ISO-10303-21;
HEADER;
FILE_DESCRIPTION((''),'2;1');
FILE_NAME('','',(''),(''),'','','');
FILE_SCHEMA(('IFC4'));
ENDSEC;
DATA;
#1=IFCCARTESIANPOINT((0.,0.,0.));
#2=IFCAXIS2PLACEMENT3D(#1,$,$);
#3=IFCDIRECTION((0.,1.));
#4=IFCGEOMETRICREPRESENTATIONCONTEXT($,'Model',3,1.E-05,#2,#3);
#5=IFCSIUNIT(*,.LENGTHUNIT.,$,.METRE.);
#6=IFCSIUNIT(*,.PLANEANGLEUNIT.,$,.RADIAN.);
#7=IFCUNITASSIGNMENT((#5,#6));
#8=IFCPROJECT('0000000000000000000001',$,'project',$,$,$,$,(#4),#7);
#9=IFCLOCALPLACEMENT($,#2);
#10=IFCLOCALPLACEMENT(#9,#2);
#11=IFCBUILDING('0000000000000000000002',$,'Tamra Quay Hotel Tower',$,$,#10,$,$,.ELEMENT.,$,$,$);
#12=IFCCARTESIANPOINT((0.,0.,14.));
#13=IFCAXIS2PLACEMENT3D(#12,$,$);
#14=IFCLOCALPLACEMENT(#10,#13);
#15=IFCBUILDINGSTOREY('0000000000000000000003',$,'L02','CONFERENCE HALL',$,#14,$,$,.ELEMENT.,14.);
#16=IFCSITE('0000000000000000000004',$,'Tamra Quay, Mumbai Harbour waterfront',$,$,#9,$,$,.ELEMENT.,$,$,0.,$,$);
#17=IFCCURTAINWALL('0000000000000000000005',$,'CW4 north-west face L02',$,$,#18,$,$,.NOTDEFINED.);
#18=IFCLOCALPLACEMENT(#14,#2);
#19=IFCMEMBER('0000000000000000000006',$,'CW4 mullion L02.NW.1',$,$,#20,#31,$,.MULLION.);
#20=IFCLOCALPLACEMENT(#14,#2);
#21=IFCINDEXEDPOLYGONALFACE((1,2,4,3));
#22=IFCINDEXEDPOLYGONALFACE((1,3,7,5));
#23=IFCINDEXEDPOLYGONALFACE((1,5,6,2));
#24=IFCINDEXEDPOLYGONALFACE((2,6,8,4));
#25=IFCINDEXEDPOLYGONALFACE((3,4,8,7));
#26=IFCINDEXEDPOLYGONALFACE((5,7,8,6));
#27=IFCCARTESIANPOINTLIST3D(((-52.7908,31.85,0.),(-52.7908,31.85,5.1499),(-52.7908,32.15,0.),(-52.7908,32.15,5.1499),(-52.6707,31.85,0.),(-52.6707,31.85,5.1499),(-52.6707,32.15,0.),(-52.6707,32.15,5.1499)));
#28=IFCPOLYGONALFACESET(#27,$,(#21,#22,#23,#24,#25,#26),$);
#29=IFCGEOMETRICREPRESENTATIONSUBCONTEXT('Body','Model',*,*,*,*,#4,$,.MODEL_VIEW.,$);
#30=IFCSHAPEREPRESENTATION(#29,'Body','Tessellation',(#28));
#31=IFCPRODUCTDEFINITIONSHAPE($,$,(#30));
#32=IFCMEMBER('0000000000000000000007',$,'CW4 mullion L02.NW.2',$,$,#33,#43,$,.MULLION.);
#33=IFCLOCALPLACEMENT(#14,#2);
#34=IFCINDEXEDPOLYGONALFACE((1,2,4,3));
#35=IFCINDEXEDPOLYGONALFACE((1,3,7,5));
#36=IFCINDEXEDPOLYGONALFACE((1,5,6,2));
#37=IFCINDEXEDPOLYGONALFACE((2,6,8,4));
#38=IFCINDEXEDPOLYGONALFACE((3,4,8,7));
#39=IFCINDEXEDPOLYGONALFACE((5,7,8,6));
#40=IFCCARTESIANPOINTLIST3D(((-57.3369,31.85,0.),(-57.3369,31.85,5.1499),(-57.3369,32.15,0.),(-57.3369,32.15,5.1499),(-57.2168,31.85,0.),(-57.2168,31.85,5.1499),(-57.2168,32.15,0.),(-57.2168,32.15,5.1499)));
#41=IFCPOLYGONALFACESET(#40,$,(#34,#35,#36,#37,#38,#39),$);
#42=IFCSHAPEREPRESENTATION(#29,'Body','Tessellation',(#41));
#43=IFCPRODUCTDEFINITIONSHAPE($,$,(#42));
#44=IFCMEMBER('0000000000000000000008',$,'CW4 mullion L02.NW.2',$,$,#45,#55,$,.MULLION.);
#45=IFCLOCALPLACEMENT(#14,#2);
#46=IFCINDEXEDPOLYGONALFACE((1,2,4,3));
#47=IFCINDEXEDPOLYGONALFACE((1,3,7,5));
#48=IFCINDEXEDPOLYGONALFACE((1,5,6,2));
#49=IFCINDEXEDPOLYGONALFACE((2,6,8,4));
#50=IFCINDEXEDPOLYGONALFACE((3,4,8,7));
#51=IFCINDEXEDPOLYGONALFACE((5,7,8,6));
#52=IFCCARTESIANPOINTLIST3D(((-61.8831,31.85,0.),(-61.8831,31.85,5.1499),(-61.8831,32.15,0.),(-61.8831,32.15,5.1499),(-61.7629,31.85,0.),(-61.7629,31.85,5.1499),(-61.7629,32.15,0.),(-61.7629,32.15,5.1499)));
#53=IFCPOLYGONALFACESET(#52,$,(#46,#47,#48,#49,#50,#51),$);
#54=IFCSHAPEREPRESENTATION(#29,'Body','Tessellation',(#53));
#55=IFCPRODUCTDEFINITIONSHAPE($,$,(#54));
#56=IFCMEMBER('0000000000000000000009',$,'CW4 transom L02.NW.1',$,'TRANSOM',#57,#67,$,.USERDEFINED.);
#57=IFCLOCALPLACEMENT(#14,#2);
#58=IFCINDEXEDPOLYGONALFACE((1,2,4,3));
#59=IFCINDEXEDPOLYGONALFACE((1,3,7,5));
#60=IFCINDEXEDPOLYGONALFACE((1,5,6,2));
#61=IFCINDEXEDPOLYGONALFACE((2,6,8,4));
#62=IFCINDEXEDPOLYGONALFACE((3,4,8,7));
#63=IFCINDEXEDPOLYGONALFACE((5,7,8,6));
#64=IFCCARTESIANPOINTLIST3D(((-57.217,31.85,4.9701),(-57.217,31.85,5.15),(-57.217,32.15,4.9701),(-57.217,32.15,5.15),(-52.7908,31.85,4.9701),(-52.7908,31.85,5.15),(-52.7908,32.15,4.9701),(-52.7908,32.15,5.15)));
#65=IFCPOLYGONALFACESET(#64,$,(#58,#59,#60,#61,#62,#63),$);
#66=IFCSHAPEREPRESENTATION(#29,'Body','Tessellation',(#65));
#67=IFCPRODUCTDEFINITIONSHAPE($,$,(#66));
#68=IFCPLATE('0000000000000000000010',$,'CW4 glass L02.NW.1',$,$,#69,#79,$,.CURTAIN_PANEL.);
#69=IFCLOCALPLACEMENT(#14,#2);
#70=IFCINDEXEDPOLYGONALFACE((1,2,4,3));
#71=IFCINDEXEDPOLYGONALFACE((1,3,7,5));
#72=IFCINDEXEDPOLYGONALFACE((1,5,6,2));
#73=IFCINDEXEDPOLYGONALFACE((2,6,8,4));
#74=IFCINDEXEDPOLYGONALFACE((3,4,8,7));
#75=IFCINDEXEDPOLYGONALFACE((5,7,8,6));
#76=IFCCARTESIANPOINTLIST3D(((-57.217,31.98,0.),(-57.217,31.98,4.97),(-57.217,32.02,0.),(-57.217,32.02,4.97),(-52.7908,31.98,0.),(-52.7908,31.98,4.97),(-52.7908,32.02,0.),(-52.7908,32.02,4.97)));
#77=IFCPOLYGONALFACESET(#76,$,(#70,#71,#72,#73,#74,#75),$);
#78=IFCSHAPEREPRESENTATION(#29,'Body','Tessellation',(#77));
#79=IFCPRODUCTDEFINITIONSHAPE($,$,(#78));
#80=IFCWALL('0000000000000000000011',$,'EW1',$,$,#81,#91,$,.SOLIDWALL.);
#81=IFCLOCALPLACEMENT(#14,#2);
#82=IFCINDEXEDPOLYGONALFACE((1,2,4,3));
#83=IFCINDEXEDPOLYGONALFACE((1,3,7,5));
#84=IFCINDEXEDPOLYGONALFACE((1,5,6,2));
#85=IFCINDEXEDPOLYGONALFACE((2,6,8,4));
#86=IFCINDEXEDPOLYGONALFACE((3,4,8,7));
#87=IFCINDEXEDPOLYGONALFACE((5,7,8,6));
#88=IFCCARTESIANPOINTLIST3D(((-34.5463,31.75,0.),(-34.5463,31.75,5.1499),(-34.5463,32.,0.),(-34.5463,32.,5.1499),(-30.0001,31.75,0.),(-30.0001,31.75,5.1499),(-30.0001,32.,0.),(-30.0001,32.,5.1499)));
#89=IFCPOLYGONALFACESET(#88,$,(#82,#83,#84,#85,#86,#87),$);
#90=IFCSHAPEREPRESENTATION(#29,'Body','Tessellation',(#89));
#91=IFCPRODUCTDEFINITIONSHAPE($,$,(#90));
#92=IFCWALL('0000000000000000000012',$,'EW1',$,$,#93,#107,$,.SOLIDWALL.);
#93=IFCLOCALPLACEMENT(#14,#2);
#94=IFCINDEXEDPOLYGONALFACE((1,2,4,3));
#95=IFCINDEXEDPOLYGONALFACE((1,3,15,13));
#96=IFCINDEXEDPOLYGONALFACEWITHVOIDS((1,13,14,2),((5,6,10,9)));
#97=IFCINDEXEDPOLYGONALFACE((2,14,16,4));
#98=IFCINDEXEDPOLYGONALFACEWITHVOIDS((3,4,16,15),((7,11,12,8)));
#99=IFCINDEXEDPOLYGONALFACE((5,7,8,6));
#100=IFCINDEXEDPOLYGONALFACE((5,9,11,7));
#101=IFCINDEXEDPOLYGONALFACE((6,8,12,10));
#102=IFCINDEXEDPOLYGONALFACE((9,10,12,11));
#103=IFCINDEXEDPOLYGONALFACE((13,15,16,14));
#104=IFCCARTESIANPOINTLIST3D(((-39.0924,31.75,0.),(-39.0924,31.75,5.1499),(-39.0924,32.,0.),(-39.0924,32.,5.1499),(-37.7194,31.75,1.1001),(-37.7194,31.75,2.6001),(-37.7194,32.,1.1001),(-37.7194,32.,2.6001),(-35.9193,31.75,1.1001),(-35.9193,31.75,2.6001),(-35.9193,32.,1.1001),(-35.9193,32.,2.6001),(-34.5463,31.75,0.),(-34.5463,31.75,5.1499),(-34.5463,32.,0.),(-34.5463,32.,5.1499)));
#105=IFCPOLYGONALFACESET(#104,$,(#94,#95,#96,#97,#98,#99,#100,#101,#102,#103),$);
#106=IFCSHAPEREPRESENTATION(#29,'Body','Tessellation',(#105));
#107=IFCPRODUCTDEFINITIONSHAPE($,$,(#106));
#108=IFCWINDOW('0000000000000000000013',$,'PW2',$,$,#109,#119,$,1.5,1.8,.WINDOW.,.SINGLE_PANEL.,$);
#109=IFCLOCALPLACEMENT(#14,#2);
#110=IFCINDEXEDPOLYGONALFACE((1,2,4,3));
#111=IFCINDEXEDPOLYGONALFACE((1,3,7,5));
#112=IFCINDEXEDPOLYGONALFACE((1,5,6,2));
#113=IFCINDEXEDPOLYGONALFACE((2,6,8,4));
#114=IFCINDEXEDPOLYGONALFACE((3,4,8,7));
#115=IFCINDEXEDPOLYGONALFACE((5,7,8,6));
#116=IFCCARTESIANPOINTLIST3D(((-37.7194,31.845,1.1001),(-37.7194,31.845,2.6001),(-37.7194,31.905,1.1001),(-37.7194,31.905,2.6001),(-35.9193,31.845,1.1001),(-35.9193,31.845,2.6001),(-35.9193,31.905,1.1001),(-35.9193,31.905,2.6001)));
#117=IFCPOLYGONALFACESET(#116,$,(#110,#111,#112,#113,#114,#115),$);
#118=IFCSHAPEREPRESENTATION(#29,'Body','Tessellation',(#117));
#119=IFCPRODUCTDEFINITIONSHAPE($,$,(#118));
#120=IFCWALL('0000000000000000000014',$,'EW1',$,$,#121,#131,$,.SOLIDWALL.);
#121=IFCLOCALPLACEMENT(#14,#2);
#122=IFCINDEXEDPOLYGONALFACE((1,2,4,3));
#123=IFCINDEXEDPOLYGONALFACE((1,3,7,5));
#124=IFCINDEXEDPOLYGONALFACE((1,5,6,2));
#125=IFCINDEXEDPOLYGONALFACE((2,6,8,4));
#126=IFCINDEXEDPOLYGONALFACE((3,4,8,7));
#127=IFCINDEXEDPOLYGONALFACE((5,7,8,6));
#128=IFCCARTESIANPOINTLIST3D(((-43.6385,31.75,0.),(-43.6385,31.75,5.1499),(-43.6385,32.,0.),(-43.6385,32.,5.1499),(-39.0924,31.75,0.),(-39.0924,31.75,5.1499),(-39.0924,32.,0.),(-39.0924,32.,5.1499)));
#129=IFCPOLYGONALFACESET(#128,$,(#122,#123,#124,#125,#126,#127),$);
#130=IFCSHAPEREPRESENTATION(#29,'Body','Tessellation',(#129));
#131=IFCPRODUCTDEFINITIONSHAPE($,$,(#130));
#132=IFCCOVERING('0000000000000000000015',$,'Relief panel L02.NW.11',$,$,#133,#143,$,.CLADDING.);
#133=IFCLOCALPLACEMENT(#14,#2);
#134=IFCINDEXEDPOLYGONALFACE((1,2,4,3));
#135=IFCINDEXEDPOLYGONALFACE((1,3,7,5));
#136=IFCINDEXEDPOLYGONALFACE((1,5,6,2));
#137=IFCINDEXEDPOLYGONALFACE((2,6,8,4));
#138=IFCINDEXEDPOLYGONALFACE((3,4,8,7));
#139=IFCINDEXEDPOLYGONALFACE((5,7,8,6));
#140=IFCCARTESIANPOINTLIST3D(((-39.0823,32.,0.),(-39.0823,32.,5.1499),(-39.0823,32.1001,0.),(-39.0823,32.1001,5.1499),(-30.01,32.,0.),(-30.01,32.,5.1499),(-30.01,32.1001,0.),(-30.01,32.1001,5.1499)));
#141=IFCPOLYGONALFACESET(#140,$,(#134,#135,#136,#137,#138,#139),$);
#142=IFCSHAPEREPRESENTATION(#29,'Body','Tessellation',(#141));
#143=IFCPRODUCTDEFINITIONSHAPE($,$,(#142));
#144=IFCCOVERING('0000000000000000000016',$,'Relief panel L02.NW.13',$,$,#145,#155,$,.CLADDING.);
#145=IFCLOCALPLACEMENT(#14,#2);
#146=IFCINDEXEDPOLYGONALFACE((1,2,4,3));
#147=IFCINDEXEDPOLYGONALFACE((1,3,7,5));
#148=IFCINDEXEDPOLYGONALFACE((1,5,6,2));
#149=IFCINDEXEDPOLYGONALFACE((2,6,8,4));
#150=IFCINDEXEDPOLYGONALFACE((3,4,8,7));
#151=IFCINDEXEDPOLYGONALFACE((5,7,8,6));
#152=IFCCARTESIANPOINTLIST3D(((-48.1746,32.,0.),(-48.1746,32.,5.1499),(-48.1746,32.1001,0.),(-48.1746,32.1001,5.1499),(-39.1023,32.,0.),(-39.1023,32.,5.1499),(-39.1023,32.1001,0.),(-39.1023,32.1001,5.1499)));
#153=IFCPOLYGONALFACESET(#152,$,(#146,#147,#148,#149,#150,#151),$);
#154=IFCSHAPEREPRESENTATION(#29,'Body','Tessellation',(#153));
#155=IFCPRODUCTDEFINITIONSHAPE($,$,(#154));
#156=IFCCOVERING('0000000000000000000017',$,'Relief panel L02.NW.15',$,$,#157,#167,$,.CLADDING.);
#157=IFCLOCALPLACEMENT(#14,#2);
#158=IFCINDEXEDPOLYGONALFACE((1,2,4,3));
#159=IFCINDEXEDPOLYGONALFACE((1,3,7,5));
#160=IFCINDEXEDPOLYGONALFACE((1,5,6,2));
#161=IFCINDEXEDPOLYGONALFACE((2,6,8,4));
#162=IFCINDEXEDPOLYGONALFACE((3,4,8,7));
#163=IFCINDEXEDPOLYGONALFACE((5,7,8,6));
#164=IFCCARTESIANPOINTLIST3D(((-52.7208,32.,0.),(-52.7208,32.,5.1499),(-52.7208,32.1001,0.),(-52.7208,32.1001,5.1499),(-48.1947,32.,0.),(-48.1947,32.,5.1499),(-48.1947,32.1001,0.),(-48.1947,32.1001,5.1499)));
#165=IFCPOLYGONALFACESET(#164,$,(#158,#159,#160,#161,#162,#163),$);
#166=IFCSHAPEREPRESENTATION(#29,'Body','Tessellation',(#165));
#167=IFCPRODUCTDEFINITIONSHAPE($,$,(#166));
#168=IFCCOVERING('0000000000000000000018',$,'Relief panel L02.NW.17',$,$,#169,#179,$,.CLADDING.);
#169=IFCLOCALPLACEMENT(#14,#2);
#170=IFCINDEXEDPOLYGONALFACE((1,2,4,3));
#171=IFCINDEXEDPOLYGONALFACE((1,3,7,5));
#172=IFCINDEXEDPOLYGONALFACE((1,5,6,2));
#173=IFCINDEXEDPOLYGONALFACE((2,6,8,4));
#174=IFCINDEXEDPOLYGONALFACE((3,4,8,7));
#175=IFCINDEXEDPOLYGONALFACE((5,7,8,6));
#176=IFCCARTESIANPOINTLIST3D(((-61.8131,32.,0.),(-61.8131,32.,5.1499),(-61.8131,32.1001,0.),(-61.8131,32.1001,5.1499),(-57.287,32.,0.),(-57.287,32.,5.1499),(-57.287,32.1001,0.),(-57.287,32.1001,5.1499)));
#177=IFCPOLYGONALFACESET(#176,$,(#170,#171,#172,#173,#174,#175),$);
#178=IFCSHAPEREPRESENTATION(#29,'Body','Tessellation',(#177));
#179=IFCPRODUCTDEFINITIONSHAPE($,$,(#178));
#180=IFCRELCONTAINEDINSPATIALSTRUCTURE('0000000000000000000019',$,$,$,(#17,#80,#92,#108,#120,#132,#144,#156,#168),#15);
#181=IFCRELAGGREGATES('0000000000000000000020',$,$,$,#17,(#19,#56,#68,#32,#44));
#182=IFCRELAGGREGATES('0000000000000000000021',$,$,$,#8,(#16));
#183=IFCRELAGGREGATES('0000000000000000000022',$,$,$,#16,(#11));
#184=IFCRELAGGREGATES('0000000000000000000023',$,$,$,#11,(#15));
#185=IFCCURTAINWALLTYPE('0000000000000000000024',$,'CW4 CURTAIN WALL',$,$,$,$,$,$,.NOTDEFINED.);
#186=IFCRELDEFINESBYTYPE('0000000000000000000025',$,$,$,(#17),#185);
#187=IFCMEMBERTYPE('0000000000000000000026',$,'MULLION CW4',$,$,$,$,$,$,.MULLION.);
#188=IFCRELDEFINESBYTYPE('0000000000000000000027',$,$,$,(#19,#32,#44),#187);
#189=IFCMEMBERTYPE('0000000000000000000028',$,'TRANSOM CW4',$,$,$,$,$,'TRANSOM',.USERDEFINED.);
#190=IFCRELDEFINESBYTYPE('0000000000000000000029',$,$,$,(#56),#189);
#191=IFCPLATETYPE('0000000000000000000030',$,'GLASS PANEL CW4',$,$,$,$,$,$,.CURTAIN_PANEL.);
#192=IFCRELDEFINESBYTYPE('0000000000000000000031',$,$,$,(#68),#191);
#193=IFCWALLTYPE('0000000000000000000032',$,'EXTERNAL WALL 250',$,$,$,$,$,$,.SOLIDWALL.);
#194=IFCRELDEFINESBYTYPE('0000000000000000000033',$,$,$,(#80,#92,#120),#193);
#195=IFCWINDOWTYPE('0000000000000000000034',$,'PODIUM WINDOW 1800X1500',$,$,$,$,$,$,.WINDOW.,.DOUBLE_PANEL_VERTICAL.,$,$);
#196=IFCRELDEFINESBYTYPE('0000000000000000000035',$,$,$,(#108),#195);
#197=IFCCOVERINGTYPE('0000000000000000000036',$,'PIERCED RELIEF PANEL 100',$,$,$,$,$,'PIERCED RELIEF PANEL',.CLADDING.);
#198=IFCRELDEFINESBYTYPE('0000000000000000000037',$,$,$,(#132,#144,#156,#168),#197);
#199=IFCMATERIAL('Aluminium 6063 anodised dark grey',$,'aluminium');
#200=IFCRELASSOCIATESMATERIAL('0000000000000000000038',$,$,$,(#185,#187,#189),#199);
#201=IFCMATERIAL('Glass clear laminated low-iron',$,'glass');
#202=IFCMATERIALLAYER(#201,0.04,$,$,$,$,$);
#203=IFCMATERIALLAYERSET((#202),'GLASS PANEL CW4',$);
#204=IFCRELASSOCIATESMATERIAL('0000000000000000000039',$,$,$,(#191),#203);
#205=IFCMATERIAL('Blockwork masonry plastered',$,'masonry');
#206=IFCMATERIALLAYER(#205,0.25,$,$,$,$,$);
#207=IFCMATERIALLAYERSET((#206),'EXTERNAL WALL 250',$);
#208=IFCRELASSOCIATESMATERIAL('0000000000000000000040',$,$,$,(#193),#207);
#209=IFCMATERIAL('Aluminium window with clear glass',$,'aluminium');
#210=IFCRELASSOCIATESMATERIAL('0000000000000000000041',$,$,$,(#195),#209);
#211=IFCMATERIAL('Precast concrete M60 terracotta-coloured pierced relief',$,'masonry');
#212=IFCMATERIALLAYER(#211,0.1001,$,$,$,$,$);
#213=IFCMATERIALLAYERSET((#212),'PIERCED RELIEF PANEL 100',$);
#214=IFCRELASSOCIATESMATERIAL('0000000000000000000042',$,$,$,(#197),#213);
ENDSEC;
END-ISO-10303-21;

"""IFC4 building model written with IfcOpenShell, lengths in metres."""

from ifc_helpers import new_model, si_unit, direction, frame, frame_2d, origin, origin_2d, place, context, subcontext, project, spatial, rectangle, extrude, material, layer, layer_set, material_profile, profile_set, type_object, element, fill, aggregate, save


model = new_model("IFC4")

# Units and contexts
model_context = context("Model", 3, precision=1e-05, world=origin(), true_north=direction((0.0, 1.0)))
body_context = subcontext(model_context, "Body", "Model", "MODEL_VIEW")
ifc_project = project(units=[si_unit("LENGTHUNIT", "METRE"), si_unit("PLANEANGLEUNIT", "RADIAN")], contexts=[model_context])

# Site, building, storey
site_placement = place(None, origin())
site = spatial("IfcSite", under=ifc_project, at=site_placement, Name="Tamra Quay, Mumbai Harbour waterfront", CompositionType="ELEMENT", RefElevation=0.0)
building_placement = place(site_placement, origin())
building = spatial("IfcBuilding", under=site, at=building_placement, Name="Tamra Quay Hotel Tower", CompositionType="ELEMENT")
storey_placement = place(building_placement, frame((0.0, 0.0, 14.0)))
storey = spatial("IfcBuildingStorey", under=building, at=storey_placement, Name="L02", Description="CONFERENCE HALL", CompositionType="ELEMENT", Elevation=14.0)

# Curtain wall, members, plate
ifc_material_1 = material(Name="Aluminium 6063 anodised dark grey", Category="aluminium")
curtain_wall_type = type_object("IfcCurtainWallType", Name="CW4 CURTAIN WALL", PredefinedType="NOTDEFINED", material=ifc_material_1)
curtain_wall_placement = place(storey_placement, origin())
curtain_wall = element("IfcCurtainWall", 1, at=curtain_wall_placement, inside=storey, type_object=curtain_wall_type, Name="CW4 north-west face L02", PredefinedType="NOTDEFINED")
ifc_material_profile_1 = material_profile(ifc_material_1, rectangle(XDim=0.3, YDim=0.1201, at=origin_2d()), Name="MULLION 120X300")
ifc_profile_set_1 = profile_set([ifc_material_profile_1], Name="Aluminium 6063 anodised dark grey")
member_type_1 = type_object("IfcMemberType", Name="MULLION CW4", PredefinedType="MULLION", material=ifc_profile_set_1)
member_1_placement = place(storey_placement, frame((-52.7307, 32.0, 0.0), z_axis=(0.0, 0.0, 1.0), x_axis=(0.0, 1.0, 0.0)))
member_1 = element("IfcMember", 2, at=member_1_placement, type_object=member_type_1, Name="CW4 mullion L02.NW.1", PredefinedType="MULLION", context=body_context, shape_type="SweptSolid", body=[
    extrude(rectangle(XDim=0.3, YDim=0.1201, at=origin_2d()), origin(), (0.0, 0.0, 1.0), 5.1499),
])
member_2_placement = place(storey_placement, frame((-57.2769, 32.0, 0.0), z_axis=(0.0, 0.0, 1.0), x_axis=(0.0, 1.0, 0.0)))
member_2 = element("IfcMember", 3, at=member_2_placement, type_object=member_type_1, Name="CW4 mullion L02.NW.2", PredefinedType="MULLION", context=body_context, shape_type="SweptSolid", body=[
    extrude(rectangle(XDim=0.3, YDim=0.1201, at=origin_2d()), origin(), (0.0, 0.0, 1.0), 5.1499),
])
member_3_placement = place(storey_placement, frame((-61.823, 32.0, 0.0), z_axis=(0.0, 0.0, 1.0), x_axis=(0.0, 1.0, 0.0)))
member_3 = element("IfcMember", 4, at=member_3_placement, type_object=member_type_1, Name="CW4 mullion L02.NW.2", PredefinedType="MULLION", context=body_context, shape_type="SweptSolid", body=[
    extrude(rectangle(XDim=0.3, YDim=0.1201, at=origin_2d()), origin(), (0.0, 0.0, 1.0), 5.1499),
])
ifc_material_profile_2 = material_profile(ifc_material_1, rectangle(XDim=0.3, YDim=0.1799, at=origin_2d()), Name="TRANSOM 300X180")
ifc_profile_set_2 = profile_set([ifc_material_profile_2], Name="Aluminium 6063 anodised dark grey")
member_type_2 = type_object("IfcMemberType", Name="TRANSOM CW4", ElementType="TRANSOM", PredefinedType="USERDEFINED", material=ifc_profile_set_2)
member_4_placement = place(storey_placement, frame((-52.7908, 32.0, 5.0601), z_axis=(-1.0, 0.0, 0.0), x_axis=(0.0, -1.0, 0.0)))
member_4 = element("IfcMember", 5, at=member_4_placement, type_object=member_type_2, Name="CW4 transom L02.NW.1", ObjectType="TRANSOM", PredefinedType="USERDEFINED", context=body_context, shape_type="SweptSolid", body=[
    extrude(rectangle(XDim=0.3, YDim=0.1799, at=origin_2d()), origin(), (0.0, 0.0, 1.0), 4.4263),
])
ifc_material_2 = material(Name="Glass clear laminated low-iron", Category="glass")
ifc_layer_1 = layer(ifc_material_2, 0.04)
ifc_layer_set_1 = layer_set([ifc_layer_1], Name="GLASS PANEL CW4")
plate_type = type_object("IfcPlateType", Name="GLASS PANEL CW4", PredefinedType="CURTAIN_PANEL", material=ifc_layer_set_1)
plate_placement = place(storey_placement, frame((-55.0039, 32.0, 0.0), z_axis=(0.0, 0.0, 1.0), x_axis=(-1.0, 0.0, 0.0)))
plate = element("IfcPlate", 6, at=plate_placement, type_object=plate_type, Name="CW4 glass L02.NW.1", PredefinedType="CURTAIN_PANEL", context=body_context, shape_type="SweptSolid", body=[
    extrude(rectangle(XDim=4.4263, YDim=0.04, at=origin_2d()), origin(), (0.0, 0.0, 1.0), 4.97),
])
aggregate(curtain_wall, [member_1, member_4, plate, member_2, member_3])

# Wall
ifc_material_3 = material(Name="Blockwork masonry plastered", Category="masonry")
ifc_layer_2 = layer(ifc_material_3, 0.25)
ifc_layer_set_2 = layer_set([ifc_layer_2], Name="EXTERNAL WALL 250")
wall_type = type_object("IfcWallType", Name="EXTERNAL WALL 250", PredefinedType="SOLIDWALL", material=ifc_layer_set_2)
wall_1_placement = place(storey_placement, frame((-34.5461, 31.875, 0.0), z_axis=(0.0, 0.0, 1.0), x_axis=(1.0, 0.0, 0.0)))
element("IfcWall", 7, at=wall_1_placement, inside=storey, type_object=wall_type, Name="EW1", PredefinedType="SOLIDWALL", context=body_context, shape_type="SweptSolid", body=[
    extrude(rectangle(XDim=4.5461, YDim=0.25, at=frame_2d((2.2729, 0.0))), origin(), (0.0, 0.0, 1.0), 5.1499),
])

# Wall, opening, window
wall_2_placement = place(storey_placement, frame((-39.0923, 31.875, 0.0), z_axis=(0.0, 0.0, 1.0), x_axis=(1.0, 0.0, 0.0)))
wall_2 = element("IfcWall", 8, at=wall_2_placement, inside=storey, type_object=wall_type, Name="EW1", PredefinedType="SOLIDWALL", context=body_context, shape_type="SweptSolid", body=[
    extrude(rectangle(XDim=4.5461, YDim=0.25, at=frame_2d((2.2729, 0.0))), origin(), (0.0, 0.0, 1.0), 5.1499),
])
opening_placement = place(wall_2_placement, frame((1.373, 0.0, 1.1001)))
opening = element("IfcOpeningElement", 9, at=opening_placement, cuts=wall_2, PredefinedType="OPENING", context=body_context, shape_type="SweptSolid", body=[
    extrude(rectangle(XDim=1.8, YDim=1.5, at=frame_2d((0.8999, 0.75))), frame((0.0, 0.135, 0.0), z_axis=(0.0, -1.0, 0.0), x_axis=(1.0, 0.0, 0.0)), (0.0, 0.0, 1.0), 0.27),
])
ifc_material_4 = material(Name="Aluminium window with clear glass", Category="aluminium")
window_type = type_object("IfcWindowType", Name="PODIUM WINDOW 1800X1500", PartitioningType="DOUBLE_PANEL_VERTICAL", PredefinedType="WINDOW", material=ifc_material_4)
window_placement = place(opening_placement, origin())
window = element("IfcWindow", 10, at=window_placement, inside=storey, type_object=window_type, Name="PW2", OverallHeight=1.5, OverallWidth=1.8, PartitioningType="SINGLE_PANEL", PredefinedType="WINDOW", context=body_context, shape_type="SweptSolid", body=[
    extrude(rectangle(XDim=1.8, YDim=1.5, at=frame_2d((0.8999, 0.75))), frame((0.0, 0.03, 0.0), z_axis=(0.0, -1.0, 0.0), x_axis=(1.0, 0.0, 0.0)), (0.0, 0.0, 1.0), 0.0601),
])
fill(opening, window)

# Wall
wall_3_placement = place(storey_placement, frame((-43.6384, 31.875, 0.0), z_axis=(0.0, 0.0, 1.0), x_axis=(1.0, 0.0, 0.0)))
element("IfcWall", 11, at=wall_3_placement, inside=storey, type_object=wall_type, Name="EW1", PredefinedType="SOLIDWALL", context=body_context, shape_type="SweptSolid", body=[
    extrude(rectangle(XDim=4.5461, YDim=0.25, at=frame_2d((2.2729, 0.0))), origin(), (0.0, 0.0, 1.0), 5.1499),
])

# Coverings
ifc_material_5 = material(Name="Precast concrete M60 terracotta-coloured pierced relief", Category="masonry")
ifc_layer_3 = layer(ifc_material_5, 0.1001)
ifc_layer_set_3 = layer_set([ifc_layer_3], Name="PIERCED RELIEF PANEL 100")
covering_type_1 = type_object("IfcCoveringType", Name="PIERCED RELIEF PANEL 100", ElementType="PIERCED RELIEF PANEL", PredefinedType="CLADDING", material=ifc_layer_set_3)
for number, where, z_axis, x_axis, name in (
    (12, (-34.5461, 32.05, 0.0), (0.0, 0.0, 1.0), (-1.0, 0.0, 0.0), "Relief panel L02.NW.11"),
    (13, (-43.6384, 32.05, 0.0), (0.0, 0.0, 1.0), (-1.0, 0.0, 0.0), "Relief panel L02.NW.13"),
):
    element("IfcCovering", number, at=place(storey_placement, frame(where, z_axis=z_axis, x_axis=x_axis)), inside=storey, type_object=covering_type_1, Name=name, PredefinedType="CLADDING", context=body_context, shape_type="SweptSolid", body=[
        extrude(rectangle(XDim=9.0723, YDim=0.1001, at=origin_2d()), origin(), (0.0, 0.0, 1.0), 5.1499),
    ])
for number, where, z_axis, x_axis, name in (
    (14, (-50.4578, 32.05, 0.0), (0.0, 0.0, 1.0), (-1.0, 0.0, 0.0), "Relief panel L02.NW.15"),
    (15, (-59.55, 32.05, 0.0), (0.0, 0.0, 1.0), (-1.0, 0.0, 0.0), "Relief panel L02.NW.17"),
):
    element("IfcCovering", number, at=place(storey_placement, frame(where, z_axis=z_axis, x_axis=x_axis)), inside=storey, type_object=covering_type_1, Name=name, PredefinedType="CLADDING", context=body_context, shape_type="SweptSolid", body=[
        extrude(rectangle(XDim=4.5261, YDim=0.1001, at=origin_2d()), origin(), (0.0, 0.0, 1.0), 5.1499),
    ])

save(model, "model.ifc")
